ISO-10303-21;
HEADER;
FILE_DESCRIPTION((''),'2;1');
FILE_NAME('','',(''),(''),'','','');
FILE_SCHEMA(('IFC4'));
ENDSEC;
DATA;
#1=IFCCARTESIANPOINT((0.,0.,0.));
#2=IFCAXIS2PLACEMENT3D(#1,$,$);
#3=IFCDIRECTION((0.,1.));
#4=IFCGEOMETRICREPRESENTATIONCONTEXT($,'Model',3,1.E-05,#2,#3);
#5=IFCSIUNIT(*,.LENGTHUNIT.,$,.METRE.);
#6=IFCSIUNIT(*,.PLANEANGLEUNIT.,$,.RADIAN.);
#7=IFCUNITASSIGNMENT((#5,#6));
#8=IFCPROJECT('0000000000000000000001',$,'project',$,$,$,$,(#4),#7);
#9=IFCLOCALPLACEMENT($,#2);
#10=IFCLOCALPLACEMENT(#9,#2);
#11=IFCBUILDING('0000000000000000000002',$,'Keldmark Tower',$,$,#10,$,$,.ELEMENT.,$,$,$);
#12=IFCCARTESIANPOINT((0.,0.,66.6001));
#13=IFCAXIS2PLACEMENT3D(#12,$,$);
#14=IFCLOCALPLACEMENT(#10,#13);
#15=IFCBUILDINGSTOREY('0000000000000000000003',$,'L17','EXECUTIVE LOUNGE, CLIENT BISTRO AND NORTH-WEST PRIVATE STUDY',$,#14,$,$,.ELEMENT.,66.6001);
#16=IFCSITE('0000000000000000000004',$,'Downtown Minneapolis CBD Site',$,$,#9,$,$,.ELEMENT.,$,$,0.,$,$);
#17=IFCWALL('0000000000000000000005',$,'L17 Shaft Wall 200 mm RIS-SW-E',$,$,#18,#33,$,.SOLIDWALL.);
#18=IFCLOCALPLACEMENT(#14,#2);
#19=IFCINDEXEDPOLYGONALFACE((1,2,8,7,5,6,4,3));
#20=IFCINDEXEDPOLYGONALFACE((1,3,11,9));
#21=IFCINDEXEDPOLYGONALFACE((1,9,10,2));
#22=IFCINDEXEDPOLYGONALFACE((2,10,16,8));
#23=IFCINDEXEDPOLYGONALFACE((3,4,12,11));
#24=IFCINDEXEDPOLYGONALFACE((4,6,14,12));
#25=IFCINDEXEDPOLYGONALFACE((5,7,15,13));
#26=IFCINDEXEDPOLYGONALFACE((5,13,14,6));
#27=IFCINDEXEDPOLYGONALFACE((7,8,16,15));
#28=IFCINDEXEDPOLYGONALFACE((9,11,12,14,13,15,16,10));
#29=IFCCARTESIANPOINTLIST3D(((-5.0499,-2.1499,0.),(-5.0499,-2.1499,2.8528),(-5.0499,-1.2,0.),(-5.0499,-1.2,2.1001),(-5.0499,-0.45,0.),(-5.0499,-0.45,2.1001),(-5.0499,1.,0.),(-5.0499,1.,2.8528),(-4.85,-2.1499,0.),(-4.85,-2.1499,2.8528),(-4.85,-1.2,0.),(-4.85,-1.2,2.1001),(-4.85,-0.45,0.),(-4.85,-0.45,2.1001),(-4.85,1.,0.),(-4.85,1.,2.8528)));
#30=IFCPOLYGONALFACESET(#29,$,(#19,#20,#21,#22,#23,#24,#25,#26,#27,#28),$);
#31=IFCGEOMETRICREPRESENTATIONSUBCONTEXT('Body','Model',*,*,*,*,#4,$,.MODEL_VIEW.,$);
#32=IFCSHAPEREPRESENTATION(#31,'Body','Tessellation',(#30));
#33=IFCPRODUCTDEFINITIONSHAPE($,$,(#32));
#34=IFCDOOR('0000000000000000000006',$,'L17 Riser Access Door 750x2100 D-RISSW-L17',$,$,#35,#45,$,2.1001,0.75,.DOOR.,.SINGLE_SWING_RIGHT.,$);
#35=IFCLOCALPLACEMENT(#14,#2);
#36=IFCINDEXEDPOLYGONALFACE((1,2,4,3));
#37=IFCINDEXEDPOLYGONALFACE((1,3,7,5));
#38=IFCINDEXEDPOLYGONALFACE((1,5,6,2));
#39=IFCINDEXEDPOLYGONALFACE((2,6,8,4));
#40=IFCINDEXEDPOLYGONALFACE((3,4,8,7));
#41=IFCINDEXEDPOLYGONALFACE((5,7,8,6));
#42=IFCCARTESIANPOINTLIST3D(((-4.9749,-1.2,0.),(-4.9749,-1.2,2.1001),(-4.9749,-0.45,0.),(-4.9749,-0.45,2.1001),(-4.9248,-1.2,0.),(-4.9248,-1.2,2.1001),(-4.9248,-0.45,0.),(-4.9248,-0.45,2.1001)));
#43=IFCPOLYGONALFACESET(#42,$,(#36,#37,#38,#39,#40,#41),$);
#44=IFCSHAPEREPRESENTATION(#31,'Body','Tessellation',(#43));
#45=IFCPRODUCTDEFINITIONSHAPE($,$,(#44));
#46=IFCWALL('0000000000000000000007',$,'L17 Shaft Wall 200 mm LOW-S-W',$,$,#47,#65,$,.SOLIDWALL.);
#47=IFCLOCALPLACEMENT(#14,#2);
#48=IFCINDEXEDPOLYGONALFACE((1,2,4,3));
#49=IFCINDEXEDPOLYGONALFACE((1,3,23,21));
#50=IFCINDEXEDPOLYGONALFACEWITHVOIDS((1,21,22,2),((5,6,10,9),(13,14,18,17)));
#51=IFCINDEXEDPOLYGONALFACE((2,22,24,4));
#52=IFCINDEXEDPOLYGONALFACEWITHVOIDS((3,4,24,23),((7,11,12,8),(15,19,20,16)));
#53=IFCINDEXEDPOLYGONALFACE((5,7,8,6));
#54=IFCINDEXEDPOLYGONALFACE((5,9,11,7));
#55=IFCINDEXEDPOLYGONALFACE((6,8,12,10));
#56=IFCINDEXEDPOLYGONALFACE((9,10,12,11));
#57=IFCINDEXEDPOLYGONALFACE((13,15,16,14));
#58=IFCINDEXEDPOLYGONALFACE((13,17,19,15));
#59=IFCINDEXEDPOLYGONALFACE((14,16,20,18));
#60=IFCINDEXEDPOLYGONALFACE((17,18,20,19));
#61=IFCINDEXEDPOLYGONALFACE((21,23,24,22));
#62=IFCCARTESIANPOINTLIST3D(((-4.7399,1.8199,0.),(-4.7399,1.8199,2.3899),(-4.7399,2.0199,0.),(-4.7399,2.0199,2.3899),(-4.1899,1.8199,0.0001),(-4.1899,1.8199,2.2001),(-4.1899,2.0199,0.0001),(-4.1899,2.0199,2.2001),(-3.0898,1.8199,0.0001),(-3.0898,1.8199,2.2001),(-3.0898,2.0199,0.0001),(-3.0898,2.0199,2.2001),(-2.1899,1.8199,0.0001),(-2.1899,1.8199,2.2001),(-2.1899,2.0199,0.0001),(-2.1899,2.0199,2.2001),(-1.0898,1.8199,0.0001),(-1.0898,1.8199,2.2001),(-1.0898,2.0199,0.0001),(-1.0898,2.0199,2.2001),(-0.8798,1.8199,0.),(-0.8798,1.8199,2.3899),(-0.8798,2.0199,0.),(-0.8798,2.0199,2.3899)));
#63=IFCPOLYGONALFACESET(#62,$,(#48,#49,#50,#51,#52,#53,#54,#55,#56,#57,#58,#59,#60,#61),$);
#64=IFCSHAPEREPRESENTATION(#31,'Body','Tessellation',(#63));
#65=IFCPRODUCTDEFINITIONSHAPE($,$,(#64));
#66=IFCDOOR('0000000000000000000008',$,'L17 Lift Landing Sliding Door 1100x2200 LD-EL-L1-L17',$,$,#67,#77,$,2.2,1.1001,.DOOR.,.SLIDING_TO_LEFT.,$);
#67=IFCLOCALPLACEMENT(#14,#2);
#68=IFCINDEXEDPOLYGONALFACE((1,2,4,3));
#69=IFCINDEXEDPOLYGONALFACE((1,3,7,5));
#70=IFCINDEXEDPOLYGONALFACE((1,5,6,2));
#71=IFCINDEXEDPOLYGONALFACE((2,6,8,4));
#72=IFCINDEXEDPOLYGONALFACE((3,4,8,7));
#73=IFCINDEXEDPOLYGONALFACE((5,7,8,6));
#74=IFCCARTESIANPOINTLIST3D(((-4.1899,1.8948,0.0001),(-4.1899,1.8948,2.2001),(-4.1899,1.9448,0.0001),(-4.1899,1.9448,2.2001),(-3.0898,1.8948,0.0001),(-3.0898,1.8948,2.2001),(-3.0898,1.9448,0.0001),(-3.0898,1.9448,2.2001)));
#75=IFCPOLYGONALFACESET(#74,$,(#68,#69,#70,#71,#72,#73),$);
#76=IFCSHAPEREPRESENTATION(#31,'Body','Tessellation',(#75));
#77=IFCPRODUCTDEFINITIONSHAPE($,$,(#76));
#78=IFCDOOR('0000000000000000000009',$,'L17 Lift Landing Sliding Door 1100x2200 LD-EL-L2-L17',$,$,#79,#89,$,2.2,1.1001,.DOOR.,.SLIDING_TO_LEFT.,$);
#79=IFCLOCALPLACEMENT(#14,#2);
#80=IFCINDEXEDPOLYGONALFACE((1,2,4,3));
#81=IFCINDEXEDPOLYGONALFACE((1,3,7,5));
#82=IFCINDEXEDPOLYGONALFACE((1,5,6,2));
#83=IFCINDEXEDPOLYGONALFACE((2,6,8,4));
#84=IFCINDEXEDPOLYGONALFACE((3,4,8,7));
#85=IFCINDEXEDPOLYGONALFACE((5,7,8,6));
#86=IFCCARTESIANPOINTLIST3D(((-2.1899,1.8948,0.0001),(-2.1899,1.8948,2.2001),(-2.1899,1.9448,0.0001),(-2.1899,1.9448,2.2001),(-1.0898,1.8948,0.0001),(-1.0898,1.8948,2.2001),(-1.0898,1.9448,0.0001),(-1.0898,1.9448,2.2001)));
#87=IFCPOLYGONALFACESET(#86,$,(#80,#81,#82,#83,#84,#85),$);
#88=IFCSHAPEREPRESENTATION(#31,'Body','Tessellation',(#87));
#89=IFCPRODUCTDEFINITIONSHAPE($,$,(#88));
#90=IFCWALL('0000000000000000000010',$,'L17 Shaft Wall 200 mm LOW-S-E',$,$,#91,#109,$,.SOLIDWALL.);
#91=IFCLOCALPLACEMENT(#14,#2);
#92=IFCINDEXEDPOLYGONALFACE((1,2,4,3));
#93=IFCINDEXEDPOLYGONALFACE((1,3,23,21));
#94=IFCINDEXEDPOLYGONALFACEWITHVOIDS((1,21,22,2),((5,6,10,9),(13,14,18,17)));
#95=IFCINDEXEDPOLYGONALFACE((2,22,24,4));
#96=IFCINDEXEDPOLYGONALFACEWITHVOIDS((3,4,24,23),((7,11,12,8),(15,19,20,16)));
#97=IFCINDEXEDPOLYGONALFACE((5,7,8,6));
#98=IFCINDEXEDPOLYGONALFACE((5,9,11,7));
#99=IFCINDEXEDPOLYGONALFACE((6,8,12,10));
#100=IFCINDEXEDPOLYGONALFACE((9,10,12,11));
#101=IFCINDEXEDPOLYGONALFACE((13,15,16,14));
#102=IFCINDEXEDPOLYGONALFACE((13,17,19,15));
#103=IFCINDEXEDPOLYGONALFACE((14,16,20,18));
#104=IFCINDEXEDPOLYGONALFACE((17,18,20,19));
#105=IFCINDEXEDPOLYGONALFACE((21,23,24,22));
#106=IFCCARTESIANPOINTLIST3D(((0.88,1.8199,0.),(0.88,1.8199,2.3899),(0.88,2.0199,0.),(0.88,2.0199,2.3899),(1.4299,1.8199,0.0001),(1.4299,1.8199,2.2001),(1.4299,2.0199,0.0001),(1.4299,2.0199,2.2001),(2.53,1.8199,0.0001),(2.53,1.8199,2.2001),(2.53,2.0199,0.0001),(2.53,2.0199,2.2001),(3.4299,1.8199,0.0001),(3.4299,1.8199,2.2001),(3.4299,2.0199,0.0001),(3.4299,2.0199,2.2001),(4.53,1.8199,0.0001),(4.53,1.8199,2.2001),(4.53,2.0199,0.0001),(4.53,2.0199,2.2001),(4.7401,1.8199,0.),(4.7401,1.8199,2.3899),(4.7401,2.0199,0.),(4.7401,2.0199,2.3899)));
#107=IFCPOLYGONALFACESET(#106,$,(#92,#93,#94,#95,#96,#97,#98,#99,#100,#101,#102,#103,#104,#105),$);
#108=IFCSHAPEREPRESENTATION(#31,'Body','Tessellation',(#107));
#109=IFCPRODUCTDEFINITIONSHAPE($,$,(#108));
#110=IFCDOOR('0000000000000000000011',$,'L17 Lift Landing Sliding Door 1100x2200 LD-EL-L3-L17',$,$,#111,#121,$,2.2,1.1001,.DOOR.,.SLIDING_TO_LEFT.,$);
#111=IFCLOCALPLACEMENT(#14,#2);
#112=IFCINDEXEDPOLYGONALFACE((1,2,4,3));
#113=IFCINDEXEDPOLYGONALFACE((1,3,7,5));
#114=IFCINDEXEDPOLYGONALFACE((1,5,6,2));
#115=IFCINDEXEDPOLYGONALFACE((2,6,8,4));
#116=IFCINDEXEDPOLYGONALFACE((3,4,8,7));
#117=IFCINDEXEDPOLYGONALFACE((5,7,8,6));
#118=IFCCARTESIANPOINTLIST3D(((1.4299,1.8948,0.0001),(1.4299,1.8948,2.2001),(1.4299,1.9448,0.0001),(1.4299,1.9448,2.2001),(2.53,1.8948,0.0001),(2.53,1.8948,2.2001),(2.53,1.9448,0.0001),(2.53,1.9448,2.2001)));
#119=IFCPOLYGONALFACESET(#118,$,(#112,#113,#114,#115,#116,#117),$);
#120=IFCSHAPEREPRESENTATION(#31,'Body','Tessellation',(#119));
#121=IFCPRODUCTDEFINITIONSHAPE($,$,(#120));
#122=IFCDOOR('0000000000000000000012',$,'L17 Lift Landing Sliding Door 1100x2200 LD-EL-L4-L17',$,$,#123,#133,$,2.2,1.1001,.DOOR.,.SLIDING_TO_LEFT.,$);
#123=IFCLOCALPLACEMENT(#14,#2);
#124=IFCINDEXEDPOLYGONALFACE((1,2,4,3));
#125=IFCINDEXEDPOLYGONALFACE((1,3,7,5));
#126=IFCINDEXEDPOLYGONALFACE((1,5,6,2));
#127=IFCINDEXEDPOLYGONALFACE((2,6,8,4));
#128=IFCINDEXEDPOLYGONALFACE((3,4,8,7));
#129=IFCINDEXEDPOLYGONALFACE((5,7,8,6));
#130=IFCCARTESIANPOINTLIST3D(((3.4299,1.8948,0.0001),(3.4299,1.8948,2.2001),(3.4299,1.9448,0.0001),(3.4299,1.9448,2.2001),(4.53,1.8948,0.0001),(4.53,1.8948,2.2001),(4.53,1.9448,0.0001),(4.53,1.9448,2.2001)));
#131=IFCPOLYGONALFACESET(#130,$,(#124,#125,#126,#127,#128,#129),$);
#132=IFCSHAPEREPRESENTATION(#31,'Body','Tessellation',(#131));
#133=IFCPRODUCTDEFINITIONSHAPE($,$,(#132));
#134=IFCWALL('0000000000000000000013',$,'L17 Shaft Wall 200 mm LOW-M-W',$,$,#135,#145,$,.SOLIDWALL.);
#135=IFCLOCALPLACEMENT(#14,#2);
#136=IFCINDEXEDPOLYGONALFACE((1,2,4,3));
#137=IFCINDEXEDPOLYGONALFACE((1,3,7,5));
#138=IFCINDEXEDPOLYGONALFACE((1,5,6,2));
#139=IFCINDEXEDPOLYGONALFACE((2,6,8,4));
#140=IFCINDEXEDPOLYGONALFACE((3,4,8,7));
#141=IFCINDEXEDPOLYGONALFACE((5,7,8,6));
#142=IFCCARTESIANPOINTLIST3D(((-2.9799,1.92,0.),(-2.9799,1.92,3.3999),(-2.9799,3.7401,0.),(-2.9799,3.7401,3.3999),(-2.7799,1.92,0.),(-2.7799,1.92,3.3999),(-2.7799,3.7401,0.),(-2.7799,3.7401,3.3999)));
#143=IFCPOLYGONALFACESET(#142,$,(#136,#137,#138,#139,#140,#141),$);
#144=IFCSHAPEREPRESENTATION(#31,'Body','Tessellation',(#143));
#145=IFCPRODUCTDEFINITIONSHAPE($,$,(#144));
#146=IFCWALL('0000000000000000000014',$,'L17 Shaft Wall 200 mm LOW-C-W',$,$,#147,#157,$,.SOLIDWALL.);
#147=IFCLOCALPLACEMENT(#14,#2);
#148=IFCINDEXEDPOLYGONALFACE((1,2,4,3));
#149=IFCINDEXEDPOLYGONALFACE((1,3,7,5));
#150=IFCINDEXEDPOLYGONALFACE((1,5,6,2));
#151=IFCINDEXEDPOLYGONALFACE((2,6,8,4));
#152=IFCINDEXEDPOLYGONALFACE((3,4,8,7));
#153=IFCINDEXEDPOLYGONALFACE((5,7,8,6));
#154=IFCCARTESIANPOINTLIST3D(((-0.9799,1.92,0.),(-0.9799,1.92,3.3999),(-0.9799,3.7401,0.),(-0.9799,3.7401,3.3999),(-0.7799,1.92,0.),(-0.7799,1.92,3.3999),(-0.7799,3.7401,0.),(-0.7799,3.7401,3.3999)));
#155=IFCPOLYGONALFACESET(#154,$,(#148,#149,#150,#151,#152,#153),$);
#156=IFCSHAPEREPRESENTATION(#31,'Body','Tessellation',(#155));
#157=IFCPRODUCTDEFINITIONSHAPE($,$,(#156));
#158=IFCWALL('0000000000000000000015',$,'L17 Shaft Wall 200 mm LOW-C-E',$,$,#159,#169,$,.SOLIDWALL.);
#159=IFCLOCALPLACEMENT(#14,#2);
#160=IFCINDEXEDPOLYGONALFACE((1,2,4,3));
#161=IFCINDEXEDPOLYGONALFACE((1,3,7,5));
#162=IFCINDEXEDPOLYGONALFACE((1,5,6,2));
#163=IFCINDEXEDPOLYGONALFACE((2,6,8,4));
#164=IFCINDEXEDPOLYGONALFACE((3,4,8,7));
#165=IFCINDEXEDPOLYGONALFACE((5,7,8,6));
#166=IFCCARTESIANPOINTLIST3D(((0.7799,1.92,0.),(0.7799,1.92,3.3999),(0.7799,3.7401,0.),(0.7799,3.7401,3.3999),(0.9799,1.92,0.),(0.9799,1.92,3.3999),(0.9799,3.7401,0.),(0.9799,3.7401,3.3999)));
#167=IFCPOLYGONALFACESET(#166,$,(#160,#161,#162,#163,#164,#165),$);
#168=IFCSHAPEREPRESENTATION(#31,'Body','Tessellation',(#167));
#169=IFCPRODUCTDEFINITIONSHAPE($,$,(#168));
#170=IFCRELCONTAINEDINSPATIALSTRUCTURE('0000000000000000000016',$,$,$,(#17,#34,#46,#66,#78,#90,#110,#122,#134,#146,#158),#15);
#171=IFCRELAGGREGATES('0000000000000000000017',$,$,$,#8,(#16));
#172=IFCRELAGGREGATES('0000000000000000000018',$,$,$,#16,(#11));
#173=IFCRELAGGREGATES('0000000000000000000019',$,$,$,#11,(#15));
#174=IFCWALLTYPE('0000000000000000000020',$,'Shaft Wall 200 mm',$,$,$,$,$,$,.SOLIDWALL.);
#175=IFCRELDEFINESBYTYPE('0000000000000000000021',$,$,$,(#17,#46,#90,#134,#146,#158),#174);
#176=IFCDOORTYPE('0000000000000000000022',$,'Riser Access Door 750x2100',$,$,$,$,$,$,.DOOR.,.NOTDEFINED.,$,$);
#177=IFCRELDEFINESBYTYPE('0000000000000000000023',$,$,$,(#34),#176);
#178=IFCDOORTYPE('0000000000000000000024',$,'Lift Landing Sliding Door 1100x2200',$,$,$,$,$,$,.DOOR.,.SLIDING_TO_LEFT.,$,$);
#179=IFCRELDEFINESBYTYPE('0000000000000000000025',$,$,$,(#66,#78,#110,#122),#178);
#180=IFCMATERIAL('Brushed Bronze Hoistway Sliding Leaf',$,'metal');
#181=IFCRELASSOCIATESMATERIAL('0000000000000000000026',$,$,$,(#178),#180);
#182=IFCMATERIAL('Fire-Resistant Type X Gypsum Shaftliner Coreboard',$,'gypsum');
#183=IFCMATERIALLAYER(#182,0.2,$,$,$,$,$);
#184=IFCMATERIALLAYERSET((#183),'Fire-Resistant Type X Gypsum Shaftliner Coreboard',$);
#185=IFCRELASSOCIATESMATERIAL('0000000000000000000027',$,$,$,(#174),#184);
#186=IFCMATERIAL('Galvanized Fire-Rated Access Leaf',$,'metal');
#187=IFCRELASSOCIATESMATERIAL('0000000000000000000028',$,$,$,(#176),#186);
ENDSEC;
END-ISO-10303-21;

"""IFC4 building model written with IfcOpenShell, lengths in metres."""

from ifc_helpers import new_model, si_unit, direction, frame, frame_2d, origin, place, context, subcontext, project, spatial, rectangle, extrude, material, layer, layer_set, type_object, element, fill, save


model = new_model("IFC4")

# Units and contexts
model_context = context("Model", 3, precision=1e-05, world=origin(), true_north=direction((0.0, 1.0)))
body_context = subcontext(model_context, "Body", "Model", "MODEL_VIEW")
ifc_project = project(units=[si_unit("LENGTHUNIT", "METRE"), si_unit("PLANEANGLEUNIT", "RADIAN")], contexts=[model_context])

# Site, building, storey
site_placement = place(None, origin())
site = spatial("IfcSite", under=ifc_project, at=site_placement, Name="Downtown Minneapolis CBD Site", CompositionType="ELEMENT", RefElevation=0.0)
building_placement = place(site_placement, origin())
building = spatial("IfcBuilding", under=site, at=building_placement, Name="Keldmark Tower", CompositionType="ELEMENT")
storey_placement = place(building_placement, frame((0.0, 0.0, 66.6001)))
storey = spatial("IfcBuildingStorey", under=building, at=storey_placement, Name="L17", Description="EXECUTIVE LOUNGE, CLIENT BISTRO AND NORTH-WEST PRIVATE STUDY", CompositionType="ELEMENT", Elevation=66.6001)

# Shared definitions
ifc_material_1 = material(Name="Brushed Bronze Hoistway Sliding Leaf", Category="metal")
door_type_1 = type_object("IfcDoorType", Name="Lift Landing Sliding Door 1100x2200", OperationType="SLIDING_TO_LEFT", PredefinedType="DOOR", material=ifc_material_1)

# Wall, opening, door
ifc_material_2 = material(Name="Fire-Resistant Type X Gypsum Shaftliner Coreboard", Category="gypsum")
ifc_layer_1 = layer(ifc_material_2, 0.2)
ifc_layer_set_1 = layer_set([ifc_layer_1], Name="Fire-Resistant Type X Gypsum Shaftliner Coreboard")
wall_type_1 = type_object("IfcWallType", Name="Shaft Wall 200 mm", PredefinedType="SOLIDWALL", material=ifc_layer_set_1)
wall_1_placement = place(storey_placement, frame((-4.95, -2.1499, 0.0), z_axis=(0.0, 0.0, 1.0), x_axis=(0.0, 1.0, 0.0)))
wall_1 = element("IfcWall", 1, at=wall_1_placement, inside=storey, type_object=wall_type_1, Name="L17 Shaft Wall 200 mm RIS-SW-E", PredefinedType="SOLIDWALL", context=body_context, shape_type="SweptSolid", body=[
    extrude(rectangle(XDim=3.1499, YDim=0.2, at=frame_2d((1.575, 0.0))), origin(), (0.0, 0.0, 1.0), 2.8528),
])
opening_1_placement = place(wall_1_placement, frame((0.95, 0.0, 0.0)))
opening_1 = element("IfcOpeningElement", 2, at=opening_1_placement, cuts=wall_1, PredefinedType="OPENING", context=body_context, shape_type="SweptSolid", body=[
    extrude(rectangle(XDim=0.75, YDim=2.1001, at=frame_2d((0.375, 1.05))), frame((0.0, 0.1099, 0.0), z_axis=(0.0, -1.0, 0.0), x_axis=(1.0, 0.0, 0.0)), (0.0, 0.0, 1.0), 0.22),
])
ifc_material_3 = material(Name="Galvanized Fire-Rated Access Leaf", Category="metal")
door_type_2 = type_object("IfcDoorType", Name="Riser Access Door 750x2100", OperationType="NOTDEFINED", PredefinedType="DOOR", material=ifc_material_3)
door_1_placement = place(opening_1_placement, origin())
door_1 = element("IfcDoor", 3, at=door_1_placement, inside=storey, type_object=door_type_2, Name="L17 Riser Access Door 750x2100 D-RISSW-L17", OperationType="SINGLE_SWING_RIGHT", OverallHeight=2.1001, OverallWidth=0.75, PredefinedType="DOOR", context=body_context, shape_type="SweptSolid", body=[
    extrude(rectangle(XDim=0.75, YDim=2.1001, at=frame_2d((0.375, 1.05))), frame((0.0, 0.0249, 0.0), z_axis=(0.0, -1.0, 0.0), x_axis=(1.0, 0.0, 0.0)), (0.0, 0.0, 1.0), 0.05),
])
fill(opening_1, door_1)

# Walls, openings, doors
wall_2_placement = place(storey_placement, frame((-4.74, 1.9199, 0.0), z_axis=(0.0, 0.0, 1.0), x_axis=(1.0, 0.0, 0.0)))
wall_2 = element("IfcWall", 4, at=wall_2_placement, inside=storey, type_object=wall_type_1, Name="L17 Shaft Wall 200 mm LOW-S-W", PredefinedType="SOLIDWALL", context=body_context, shape_type="SweptSolid", body=[
    extrude(rectangle(XDim=3.8601, YDim=0.2, at=frame_2d((1.9302, 0.0))), origin(), (0.0, 0.0, 1.0), 2.3899),
])
opening_2_placement = place(wall_2_placement, frame((0.55, 0.0, 0.0)))
opening_2 = element("IfcOpeningElement", 5, at=opening_2_placement, cuts=wall_2, PredefinedType="OPENING", context=body_context, shape_type="SweptSolid", body=[
    extrude(rectangle(XDim=1.1001, YDim=2.2, at=frame_2d((0.55, 1.1001))), frame((0.0, 0.1099, 0.0), z_axis=(0.0, -1.0, 0.0), x_axis=(1.0, 0.0, 0.0)), (0.0, 0.0, 1.0), 0.22),
])
opening_3_placement = place(wall_2_placement, frame((2.55, 0.0, 0.0)))
opening_3 = element("IfcOpeningElement", 6, at=opening_3_placement, cuts=wall_2, PredefinedType="OPENING", context=body_context, shape_type="SweptSolid", body=[
    extrude(rectangle(XDim=1.1001, YDim=2.2, at=frame_2d((0.55, 1.1001))), frame((0.0, 0.1099, 0.0), z_axis=(0.0, -1.0, 0.0), x_axis=(1.0, 0.0, 0.0)), (0.0, 0.0, 1.0), 0.22),
])
door_2_placement = place(opening_2_placement, origin())
door_2 = element("IfcDoor", 7, at=door_2_placement, inside=storey, type_object=door_type_1, Name="L17 Lift Landing Sliding Door 1100x2200 LD-EL-L1-L17", OperationType="SLIDING_TO_LEFT", OverallHeight=2.2, OverallWidth=1.1001, PredefinedType="DOOR", context=body_context, shape_type="SweptSolid", body=[
    extrude(rectangle(XDim=1.1001, YDim=2.2, at=frame_2d((0.55, 1.1001))), frame((0.0, 0.0249, 0.0), z_axis=(0.0, -1.0, 0.0), x_axis=(1.0, 0.0, 0.0)), (0.0, 0.0, 1.0), 0.05),
])
fill(opening_2, door_2)
door_3_placement = place(opening_3_placement, origin())
door_3 = element("IfcDoor", 8, at=door_3_placement, inside=storey, type_object=door_type_1, Name="L17 Lift Landing Sliding Door 1100x2200 LD-EL-L2-L17", OperationType="SLIDING_TO_LEFT", OverallHeight=2.2, OverallWidth=1.1001, PredefinedType="DOOR", context=body_context, shape_type="SweptSolid", body=[
    extrude(rectangle(XDim=1.1001, YDim=2.2, at=frame_2d((0.55, 1.1001))), frame((0.0, 0.0249, 0.0), z_axis=(0.0, -1.0, 0.0), x_axis=(1.0, 0.0, 0.0)), (0.0, 0.0, 1.0), 0.05),
])
fill(opening_3, door_3)
wall_3_placement = place(storey_placement, frame((0.8799, 1.9199, 0.0), z_axis=(0.0, 0.0, 1.0), x_axis=(1.0, 0.0, 0.0)))
wall_3 = element("IfcWall", 9, at=wall_3_placement, inside=storey, type_object=wall_type_1, Name="L17 Shaft Wall 200 mm LOW-S-E", PredefinedType="SOLIDWALL", context=body_context, shape_type="SweptSolid", body=[
    extrude(rectangle(XDim=3.8601, YDim=0.2, at=frame_2d((1.9302, 0.0))), origin(), (0.0, 0.0, 1.0), 2.3899),
])
opening_4_placement = place(wall_3_placement, frame((0.55, 0.0, 0.0)))
opening_4 = element("IfcOpeningElement", 10, at=opening_4_placement, cuts=wall_3, PredefinedType="OPENING", context=body_context, shape_type="SweptSolid", body=[
    extrude(rectangle(XDim=1.1001, YDim=2.2, at=frame_2d((0.55, 1.1001))), frame((0.0, 0.1099, 0.0), z_axis=(0.0, -1.0, 0.0), x_axis=(1.0, 0.0, 0.0)), (0.0, 0.0, 1.0), 0.22),
])
opening_5_placement = place(wall_3_placement, frame((2.55, 0.0, 0.0)))
opening_5 = element("IfcOpeningElement", 11, at=opening_5_placement, cuts=wall_3, PredefinedType="OPENING", context=body_context, shape_type="SweptSolid", body=[
    extrude(rectangle(XDim=1.1001, YDim=2.2, at=frame_2d((0.55, 1.1001))), frame((0.0, 0.1099, 0.0), z_axis=(0.0, -1.0, 0.0), x_axis=(1.0, 0.0, 0.0)), (0.0, 0.0, 1.0), 0.22),
])
door_4_placement = place(opening_4_placement, origin())
door_4 = element("IfcDoor", 12, at=door_4_placement, inside=storey, type_object=door_type_1, Name="L17 Lift Landing Sliding Door 1100x2200 LD-EL-L3-L17", OperationType="SLIDING_TO_LEFT", OverallHeight=2.2, OverallWidth=1.1001, PredefinedType="DOOR", context=body_context, shape_type="SweptSolid", body=[
    extrude(rectangle(XDim=1.1001, YDim=2.2, at=frame_2d((0.55, 1.1001))), frame((0.0, 0.0249, 0.0), z_axis=(0.0, -1.0, 0.0), x_axis=(1.0, 0.0, 0.0)), (0.0, 0.0, 1.0), 0.05),
])
fill(opening_4, door_4)
door_5_placement = place(opening_5_placement, origin())
door_5 = element("IfcDoor", 13, at=door_5_placement, inside=storey, type_object=door_type_1, Name="L17 Lift Landing Sliding Door 1100x2200 LD-EL-L4-L17", OperationType="SLIDING_TO_LEFT", OverallHeight=2.2, OverallWidth=1.1001, PredefinedType="DOOR", context=body_context, shape_type="SweptSolid", body=[
    extrude(rectangle(XDim=1.1001, YDim=2.2, at=frame_2d((0.55, 1.1001))), frame((0.0, 0.0249, 0.0), z_axis=(0.0, -1.0, 0.0), x_axis=(1.0, 0.0, 0.0)), (0.0, 0.0, 1.0), 0.05),
])
fill(opening_5, door_5)

# Walls
for number, where, z_axis, x_axis, name in (
    (14, (-2.8799, 1.9199, 0.0), (0.0, 0.0, 1.0), (0.0, 1.0, 0.0), "L17 Shaft Wall 200 mm LOW-M-W"),
    (15, (-0.8799, 1.9199, 0.0), (0.0, 0.0, 1.0), (0.0, 1.0, 0.0), "L17 Shaft Wall 200 mm LOW-C-W"),
    (16, (0.8799, 1.9199, 0.0), (0.0, 0.0, 1.0), (0.0, 1.0, 0.0), "L17 Shaft Wall 200 mm LOW-C-E"),
):
    element("IfcWall", number, at=place(storey_placement, frame(where, z_axis=z_axis, x_axis=x_axis)), inside=storey, type_object=wall_type_1, Name=name, PredefinedType="SOLIDWALL", context=body_context, shape_type="SweptSolid", body=[
        extrude(rectangle(XDim=1.8201, YDim=0.2, at=frame_2d((0.9102, 0.0))), origin(), (0.0, 0.0, 1.0), 3.3999),
    ])

save(model, "model.ifc")
